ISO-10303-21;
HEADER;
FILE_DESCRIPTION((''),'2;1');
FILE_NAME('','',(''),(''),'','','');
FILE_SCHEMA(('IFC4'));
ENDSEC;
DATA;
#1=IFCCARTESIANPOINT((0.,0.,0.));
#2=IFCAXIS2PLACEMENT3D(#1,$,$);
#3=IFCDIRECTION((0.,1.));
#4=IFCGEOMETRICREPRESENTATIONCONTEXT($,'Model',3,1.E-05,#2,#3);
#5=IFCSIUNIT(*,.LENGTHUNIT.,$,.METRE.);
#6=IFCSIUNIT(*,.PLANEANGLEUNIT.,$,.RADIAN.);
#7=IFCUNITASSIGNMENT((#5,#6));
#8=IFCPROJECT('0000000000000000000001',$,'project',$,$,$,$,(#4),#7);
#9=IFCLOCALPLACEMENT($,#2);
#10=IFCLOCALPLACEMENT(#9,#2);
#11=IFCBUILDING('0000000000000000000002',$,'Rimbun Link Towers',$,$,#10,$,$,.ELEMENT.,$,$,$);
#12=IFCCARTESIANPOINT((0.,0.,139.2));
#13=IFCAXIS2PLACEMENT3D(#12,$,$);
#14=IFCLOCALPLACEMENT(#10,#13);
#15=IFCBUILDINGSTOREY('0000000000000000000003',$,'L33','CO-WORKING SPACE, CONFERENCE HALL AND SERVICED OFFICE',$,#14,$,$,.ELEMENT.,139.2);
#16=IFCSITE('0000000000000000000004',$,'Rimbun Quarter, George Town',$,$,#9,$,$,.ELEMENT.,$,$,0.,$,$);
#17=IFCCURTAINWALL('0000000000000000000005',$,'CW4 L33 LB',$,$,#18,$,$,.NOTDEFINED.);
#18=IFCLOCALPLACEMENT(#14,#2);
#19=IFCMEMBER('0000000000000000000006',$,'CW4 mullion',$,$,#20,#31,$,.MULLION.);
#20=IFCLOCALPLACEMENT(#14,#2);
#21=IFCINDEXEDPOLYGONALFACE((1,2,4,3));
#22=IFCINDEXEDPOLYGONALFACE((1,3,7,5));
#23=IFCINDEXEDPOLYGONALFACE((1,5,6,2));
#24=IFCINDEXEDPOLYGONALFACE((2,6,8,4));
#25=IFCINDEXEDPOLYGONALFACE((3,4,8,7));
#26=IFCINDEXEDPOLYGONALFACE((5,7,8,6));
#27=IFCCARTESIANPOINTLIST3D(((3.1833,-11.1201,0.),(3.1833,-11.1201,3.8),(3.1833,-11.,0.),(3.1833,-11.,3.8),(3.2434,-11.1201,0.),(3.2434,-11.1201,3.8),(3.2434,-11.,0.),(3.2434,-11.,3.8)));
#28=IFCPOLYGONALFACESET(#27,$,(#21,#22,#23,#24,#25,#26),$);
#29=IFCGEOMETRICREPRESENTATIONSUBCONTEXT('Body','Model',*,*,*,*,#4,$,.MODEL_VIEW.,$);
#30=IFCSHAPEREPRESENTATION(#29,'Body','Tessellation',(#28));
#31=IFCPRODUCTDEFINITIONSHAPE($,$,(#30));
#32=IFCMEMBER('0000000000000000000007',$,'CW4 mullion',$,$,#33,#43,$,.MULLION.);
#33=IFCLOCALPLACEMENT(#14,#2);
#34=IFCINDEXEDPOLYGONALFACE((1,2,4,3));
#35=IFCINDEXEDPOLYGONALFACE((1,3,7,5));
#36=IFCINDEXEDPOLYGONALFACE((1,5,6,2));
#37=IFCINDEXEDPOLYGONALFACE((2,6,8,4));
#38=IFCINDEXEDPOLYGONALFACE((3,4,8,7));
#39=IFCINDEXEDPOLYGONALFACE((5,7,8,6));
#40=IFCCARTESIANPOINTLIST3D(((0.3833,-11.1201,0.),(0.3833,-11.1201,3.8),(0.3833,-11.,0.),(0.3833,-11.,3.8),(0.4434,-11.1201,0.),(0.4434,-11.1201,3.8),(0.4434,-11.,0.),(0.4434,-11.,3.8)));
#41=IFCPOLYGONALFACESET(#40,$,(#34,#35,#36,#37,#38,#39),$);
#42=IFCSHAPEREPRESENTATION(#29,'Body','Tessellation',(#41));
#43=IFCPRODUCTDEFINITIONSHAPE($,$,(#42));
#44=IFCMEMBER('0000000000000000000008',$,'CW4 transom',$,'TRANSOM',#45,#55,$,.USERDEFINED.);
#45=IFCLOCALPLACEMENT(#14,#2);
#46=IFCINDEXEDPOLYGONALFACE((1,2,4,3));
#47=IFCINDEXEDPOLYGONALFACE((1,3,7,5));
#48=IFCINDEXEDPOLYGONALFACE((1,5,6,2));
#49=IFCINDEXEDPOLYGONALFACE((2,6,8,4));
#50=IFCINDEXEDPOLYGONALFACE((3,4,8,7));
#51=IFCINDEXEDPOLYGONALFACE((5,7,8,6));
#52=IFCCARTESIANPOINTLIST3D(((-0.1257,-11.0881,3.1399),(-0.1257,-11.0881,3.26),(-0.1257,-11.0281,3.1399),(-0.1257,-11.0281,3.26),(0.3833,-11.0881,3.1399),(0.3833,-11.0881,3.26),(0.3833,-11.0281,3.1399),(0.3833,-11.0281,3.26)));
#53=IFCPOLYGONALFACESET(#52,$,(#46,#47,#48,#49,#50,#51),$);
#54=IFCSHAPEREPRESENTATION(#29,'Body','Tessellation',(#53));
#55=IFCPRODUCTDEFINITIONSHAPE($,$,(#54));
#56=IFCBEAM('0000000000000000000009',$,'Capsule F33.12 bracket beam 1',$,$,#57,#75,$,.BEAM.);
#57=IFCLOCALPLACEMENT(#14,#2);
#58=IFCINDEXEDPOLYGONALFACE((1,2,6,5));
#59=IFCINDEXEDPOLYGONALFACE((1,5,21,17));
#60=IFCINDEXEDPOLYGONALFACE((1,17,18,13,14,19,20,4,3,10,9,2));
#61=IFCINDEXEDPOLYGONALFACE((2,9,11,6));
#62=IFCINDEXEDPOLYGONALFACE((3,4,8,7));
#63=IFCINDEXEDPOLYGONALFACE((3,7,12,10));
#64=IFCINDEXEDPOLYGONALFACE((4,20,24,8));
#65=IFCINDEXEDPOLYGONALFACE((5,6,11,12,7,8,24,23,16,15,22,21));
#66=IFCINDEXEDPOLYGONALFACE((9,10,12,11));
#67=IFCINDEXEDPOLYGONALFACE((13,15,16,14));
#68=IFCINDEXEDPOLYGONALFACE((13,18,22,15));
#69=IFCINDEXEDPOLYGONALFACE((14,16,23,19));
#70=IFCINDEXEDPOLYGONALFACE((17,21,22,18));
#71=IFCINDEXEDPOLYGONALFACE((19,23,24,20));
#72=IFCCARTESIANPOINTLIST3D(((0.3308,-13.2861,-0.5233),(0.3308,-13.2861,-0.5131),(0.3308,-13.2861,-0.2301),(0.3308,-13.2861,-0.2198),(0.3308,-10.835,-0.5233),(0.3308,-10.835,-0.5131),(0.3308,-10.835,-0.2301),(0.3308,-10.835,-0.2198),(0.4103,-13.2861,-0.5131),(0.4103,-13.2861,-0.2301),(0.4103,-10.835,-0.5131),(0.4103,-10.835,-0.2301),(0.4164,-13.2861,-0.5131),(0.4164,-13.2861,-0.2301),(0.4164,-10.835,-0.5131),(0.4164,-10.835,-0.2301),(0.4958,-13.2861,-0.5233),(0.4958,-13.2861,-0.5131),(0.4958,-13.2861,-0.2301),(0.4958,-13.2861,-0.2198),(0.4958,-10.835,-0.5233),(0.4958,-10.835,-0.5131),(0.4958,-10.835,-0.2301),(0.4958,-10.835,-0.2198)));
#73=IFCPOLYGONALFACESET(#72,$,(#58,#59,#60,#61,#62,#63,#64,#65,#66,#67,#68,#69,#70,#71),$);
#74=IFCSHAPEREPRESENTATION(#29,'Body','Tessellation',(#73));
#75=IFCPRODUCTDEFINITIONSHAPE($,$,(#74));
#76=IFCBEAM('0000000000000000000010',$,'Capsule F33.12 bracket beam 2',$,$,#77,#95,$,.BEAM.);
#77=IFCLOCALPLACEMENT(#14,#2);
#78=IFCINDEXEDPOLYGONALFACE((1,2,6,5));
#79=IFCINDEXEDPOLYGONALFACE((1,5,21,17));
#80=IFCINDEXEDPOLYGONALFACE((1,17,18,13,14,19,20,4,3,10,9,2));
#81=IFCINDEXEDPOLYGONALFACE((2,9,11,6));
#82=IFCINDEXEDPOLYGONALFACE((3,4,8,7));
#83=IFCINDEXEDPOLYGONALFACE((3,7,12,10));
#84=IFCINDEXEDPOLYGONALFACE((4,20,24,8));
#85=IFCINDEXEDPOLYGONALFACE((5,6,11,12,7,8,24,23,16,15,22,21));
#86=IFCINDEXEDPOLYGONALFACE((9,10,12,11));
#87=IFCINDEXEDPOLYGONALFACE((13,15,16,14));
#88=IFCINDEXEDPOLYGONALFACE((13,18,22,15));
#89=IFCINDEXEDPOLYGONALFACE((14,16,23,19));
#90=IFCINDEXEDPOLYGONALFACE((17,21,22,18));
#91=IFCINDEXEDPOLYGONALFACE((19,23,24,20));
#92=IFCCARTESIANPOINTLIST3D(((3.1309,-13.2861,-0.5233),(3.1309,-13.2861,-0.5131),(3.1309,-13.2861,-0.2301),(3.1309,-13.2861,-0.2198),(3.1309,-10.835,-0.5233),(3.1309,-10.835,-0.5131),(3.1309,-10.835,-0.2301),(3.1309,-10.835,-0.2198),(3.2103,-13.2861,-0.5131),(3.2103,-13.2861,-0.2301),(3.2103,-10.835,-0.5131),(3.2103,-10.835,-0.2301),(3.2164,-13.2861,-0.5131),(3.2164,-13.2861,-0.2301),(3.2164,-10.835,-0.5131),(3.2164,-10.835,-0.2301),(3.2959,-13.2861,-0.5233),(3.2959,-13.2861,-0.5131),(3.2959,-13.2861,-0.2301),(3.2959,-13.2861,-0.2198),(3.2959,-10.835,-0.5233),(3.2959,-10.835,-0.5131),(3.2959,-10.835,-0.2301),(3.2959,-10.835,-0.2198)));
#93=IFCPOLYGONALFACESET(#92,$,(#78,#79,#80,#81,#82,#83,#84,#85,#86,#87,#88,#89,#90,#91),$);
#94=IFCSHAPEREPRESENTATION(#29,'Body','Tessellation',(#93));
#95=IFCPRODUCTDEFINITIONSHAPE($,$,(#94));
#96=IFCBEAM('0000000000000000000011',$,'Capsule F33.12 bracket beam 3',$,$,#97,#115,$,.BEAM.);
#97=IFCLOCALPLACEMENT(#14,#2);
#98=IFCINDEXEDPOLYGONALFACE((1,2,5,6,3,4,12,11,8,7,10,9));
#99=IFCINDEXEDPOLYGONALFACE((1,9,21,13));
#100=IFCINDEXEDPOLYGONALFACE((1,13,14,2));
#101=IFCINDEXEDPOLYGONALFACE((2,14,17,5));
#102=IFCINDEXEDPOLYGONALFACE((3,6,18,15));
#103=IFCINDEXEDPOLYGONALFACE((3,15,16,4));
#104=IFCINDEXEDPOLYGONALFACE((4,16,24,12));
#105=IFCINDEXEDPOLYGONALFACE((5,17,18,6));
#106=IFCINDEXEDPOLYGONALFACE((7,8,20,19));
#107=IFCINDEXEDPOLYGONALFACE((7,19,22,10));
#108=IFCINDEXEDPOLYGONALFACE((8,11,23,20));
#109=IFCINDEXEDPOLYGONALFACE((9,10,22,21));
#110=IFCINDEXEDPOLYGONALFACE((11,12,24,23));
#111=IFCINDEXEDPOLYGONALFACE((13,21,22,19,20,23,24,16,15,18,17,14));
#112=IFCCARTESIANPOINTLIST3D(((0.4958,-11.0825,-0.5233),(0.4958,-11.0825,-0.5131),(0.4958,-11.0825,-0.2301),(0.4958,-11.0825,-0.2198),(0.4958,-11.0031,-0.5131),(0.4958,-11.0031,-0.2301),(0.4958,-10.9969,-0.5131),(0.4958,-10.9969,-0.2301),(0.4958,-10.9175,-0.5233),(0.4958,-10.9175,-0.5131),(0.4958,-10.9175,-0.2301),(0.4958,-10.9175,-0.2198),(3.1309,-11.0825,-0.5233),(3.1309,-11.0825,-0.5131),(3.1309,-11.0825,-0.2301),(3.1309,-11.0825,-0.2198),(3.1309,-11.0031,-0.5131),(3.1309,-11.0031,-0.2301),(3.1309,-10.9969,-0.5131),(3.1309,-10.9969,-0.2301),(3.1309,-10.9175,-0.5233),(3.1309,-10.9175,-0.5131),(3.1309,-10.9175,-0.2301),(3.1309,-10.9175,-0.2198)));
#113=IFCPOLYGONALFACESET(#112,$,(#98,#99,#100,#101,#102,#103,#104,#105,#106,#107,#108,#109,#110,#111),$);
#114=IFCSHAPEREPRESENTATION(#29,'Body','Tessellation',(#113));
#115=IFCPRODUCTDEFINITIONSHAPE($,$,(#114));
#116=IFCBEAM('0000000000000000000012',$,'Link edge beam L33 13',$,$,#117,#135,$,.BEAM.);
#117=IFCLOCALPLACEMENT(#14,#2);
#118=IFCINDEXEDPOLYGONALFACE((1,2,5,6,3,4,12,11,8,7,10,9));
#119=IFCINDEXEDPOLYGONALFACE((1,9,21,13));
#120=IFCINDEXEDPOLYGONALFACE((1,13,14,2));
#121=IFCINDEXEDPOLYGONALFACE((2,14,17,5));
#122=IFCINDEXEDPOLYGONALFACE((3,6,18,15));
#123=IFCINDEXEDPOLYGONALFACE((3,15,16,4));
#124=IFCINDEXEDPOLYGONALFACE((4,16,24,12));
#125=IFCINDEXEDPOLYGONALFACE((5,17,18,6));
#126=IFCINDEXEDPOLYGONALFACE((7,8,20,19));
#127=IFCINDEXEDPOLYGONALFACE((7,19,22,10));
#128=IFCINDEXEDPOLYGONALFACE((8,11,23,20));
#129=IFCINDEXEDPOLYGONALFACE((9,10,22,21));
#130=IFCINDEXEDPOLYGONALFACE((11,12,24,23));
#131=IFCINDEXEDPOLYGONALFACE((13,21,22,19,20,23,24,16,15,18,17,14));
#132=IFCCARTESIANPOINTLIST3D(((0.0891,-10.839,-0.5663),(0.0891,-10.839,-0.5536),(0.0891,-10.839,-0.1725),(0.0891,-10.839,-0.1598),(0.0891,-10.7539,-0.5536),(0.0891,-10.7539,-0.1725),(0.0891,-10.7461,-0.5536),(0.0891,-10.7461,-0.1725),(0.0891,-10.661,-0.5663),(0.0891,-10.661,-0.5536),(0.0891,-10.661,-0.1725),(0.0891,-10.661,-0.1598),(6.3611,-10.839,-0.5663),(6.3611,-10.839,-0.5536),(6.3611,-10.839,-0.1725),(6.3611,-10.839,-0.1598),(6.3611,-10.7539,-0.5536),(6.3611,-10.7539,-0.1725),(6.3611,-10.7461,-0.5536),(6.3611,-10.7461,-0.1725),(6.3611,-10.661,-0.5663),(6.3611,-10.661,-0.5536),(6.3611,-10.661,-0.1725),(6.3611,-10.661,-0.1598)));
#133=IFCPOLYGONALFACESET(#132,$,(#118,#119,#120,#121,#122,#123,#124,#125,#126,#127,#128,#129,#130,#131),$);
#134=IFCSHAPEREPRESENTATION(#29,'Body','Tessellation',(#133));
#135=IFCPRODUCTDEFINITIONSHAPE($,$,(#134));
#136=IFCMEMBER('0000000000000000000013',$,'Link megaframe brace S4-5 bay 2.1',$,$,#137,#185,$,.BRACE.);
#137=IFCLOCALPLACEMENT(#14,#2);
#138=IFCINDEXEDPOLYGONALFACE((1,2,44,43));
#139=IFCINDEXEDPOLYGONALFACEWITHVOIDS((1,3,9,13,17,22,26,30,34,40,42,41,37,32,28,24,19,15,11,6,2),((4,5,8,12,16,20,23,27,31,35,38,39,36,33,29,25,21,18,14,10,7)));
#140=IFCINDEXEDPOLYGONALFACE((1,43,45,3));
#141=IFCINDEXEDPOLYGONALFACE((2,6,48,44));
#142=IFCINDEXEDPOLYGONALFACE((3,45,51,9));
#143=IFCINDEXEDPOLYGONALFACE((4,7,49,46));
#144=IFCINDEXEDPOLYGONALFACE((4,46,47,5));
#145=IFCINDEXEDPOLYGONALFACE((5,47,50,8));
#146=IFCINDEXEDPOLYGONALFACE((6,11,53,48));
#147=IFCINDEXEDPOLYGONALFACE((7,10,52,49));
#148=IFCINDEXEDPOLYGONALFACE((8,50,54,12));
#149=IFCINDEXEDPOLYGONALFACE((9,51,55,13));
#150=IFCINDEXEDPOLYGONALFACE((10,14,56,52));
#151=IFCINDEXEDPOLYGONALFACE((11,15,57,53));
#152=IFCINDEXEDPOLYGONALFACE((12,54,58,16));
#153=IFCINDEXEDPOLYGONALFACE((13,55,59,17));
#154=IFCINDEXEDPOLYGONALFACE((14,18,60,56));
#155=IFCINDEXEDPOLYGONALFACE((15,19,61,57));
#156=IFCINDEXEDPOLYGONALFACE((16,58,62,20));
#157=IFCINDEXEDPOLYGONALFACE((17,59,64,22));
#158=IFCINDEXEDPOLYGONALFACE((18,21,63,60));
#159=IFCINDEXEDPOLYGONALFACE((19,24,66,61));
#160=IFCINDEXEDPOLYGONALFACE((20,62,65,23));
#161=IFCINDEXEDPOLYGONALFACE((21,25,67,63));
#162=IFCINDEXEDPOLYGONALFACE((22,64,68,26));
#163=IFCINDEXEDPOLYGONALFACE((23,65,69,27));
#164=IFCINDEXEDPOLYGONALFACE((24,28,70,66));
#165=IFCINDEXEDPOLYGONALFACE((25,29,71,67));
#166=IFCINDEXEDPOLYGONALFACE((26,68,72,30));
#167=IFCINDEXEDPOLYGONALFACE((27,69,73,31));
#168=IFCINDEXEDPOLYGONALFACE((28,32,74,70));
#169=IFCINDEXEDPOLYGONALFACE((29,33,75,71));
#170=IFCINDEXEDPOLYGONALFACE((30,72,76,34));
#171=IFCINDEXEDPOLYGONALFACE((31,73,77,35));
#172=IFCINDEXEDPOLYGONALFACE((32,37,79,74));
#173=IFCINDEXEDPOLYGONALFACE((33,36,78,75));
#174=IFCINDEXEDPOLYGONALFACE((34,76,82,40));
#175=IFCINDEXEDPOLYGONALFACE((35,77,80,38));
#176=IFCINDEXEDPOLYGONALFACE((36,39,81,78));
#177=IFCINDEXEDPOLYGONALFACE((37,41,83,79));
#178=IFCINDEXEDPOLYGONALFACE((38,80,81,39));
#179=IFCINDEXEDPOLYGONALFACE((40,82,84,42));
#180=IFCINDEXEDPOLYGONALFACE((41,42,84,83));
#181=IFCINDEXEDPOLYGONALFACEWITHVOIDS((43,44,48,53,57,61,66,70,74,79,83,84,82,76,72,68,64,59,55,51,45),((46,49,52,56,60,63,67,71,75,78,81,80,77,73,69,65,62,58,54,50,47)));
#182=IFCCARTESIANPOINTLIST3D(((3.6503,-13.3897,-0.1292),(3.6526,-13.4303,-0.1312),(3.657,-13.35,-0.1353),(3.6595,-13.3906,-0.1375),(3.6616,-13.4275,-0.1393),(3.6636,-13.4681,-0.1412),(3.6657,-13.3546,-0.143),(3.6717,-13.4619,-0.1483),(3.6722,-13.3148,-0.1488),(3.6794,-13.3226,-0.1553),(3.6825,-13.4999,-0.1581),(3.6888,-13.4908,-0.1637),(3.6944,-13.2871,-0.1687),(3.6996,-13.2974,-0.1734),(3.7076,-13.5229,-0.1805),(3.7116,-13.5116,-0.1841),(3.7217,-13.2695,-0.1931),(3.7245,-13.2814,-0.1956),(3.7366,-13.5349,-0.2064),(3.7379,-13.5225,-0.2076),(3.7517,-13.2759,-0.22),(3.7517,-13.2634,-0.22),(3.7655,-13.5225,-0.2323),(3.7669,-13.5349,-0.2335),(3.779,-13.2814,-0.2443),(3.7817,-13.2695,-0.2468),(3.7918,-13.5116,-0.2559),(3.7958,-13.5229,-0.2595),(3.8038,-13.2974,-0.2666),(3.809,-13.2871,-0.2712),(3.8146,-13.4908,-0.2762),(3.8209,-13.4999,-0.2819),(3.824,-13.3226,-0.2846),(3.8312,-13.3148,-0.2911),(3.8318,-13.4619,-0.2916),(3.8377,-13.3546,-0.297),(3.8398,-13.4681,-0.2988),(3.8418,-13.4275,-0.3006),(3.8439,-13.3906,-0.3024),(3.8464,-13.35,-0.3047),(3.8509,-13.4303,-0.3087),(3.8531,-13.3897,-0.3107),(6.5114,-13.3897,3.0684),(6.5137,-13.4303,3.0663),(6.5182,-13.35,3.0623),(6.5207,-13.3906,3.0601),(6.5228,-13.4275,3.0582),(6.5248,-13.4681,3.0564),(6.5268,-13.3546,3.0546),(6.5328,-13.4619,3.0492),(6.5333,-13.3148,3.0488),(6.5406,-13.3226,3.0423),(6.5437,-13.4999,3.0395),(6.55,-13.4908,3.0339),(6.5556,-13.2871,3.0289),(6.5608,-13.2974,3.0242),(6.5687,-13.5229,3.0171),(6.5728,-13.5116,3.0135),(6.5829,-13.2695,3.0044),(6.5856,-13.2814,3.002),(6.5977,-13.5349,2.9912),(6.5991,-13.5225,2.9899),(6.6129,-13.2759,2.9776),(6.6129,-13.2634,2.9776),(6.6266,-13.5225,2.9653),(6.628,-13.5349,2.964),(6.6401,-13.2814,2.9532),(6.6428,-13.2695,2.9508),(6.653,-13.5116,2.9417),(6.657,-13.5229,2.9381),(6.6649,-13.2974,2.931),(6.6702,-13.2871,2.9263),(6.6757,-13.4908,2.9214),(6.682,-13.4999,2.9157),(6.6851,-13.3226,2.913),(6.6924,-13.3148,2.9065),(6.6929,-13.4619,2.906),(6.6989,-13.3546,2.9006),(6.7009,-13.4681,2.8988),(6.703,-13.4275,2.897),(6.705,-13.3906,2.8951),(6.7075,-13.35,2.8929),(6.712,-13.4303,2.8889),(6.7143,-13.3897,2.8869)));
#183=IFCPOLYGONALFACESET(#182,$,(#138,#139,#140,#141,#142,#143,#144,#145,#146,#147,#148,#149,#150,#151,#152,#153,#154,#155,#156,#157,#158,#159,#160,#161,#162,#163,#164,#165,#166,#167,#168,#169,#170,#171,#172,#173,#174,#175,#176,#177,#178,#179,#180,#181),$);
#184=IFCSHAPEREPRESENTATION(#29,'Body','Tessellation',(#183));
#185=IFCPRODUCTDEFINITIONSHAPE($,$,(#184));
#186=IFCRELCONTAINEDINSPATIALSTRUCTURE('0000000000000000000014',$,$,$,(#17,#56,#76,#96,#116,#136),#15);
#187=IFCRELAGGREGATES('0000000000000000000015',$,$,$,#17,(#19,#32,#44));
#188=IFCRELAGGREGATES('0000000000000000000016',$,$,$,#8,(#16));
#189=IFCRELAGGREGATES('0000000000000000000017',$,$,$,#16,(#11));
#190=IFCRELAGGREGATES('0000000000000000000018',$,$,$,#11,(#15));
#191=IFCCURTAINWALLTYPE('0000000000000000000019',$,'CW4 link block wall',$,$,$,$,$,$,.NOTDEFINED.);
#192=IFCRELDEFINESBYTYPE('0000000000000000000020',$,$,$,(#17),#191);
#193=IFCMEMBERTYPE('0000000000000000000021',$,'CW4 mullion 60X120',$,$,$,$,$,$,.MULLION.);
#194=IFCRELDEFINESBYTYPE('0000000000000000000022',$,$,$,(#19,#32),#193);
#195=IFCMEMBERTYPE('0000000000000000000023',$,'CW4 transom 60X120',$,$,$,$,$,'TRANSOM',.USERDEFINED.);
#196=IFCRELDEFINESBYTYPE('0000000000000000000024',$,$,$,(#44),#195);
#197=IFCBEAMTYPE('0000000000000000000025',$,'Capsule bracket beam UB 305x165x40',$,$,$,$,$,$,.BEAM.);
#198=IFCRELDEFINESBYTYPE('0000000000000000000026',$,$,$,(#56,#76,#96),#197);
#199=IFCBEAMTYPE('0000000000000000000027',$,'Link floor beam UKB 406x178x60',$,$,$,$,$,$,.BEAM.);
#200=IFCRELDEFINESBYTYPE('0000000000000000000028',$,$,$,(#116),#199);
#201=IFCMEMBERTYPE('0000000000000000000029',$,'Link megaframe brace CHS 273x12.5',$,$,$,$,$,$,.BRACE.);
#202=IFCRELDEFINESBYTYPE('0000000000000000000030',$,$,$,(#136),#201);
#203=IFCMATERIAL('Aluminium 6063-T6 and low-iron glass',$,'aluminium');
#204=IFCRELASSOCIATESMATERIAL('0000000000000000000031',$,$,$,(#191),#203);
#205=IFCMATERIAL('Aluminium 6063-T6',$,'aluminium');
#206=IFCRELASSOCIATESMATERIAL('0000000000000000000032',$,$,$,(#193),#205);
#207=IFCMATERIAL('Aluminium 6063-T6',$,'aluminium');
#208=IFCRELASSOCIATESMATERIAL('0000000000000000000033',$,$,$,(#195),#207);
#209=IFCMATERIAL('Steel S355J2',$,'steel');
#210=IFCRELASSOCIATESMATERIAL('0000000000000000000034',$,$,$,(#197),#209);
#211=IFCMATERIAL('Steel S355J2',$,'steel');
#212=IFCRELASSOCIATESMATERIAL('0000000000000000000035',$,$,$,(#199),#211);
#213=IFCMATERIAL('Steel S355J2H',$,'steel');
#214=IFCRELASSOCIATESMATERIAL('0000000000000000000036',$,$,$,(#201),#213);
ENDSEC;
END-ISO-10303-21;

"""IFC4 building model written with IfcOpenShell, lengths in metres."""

from ifc_helpers import new_model, si_unit, direction, frame, origin, origin_2d, place, context, subcontext, project, spatial, rectangle, hollow_circle, i_section, extrude, material, material_profile, profile_set, type_object, element, aggregate, save


model = new_model("IFC4")

# Units and contexts
model_context = context("Model", 3, precision=1e-05, world=origin(), true_north=direction((0.0, 1.0)))
body_context = subcontext(model_context, "Body", "Model", "MODEL_VIEW")
ifc_project = project(units=[si_unit("LENGTHUNIT", "METRE"), si_unit("PLANEANGLEUNIT", "RADIAN")], contexts=[model_context])

# Site, building, storey
site_placement = place(None, origin())
site = spatial("IfcSite", under=ifc_project, at=site_placement, Name="Rimbun Quarter, George Town", CompositionType="ELEMENT", RefElevation=0.0)
building_placement = place(site_placement, origin())
building = spatial("IfcBuilding", under=site, at=building_placement, Name="Rimbun Link Towers", CompositionType="ELEMENT")
storey_placement = place(building_placement, frame((0.0, 0.0, 139.2)))
storey = spatial("IfcBuildingStorey", under=building, at=storey_placement, Name="L33", Description="CO-WORKING SPACE, CONFERENCE HALL AND SERVICED OFFICE", CompositionType="ELEMENT", Elevation=139.2)

# Curtain wall, members
ifc_material_1 = material(Name="Aluminium 6063-T6 and low-iron glass", Category="aluminium")
curtain_wall_type = type_object("IfcCurtainWallType", Name="CW4 link block wall", PredefinedType="NOTDEFINED", material=ifc_material_1)
curtain_wall_placement = place(storey_placement, origin())
curtain_wall = element("IfcCurtainWall", 1, at=curtain_wall_placement, inside=storey, type_object=curtain_wall_type, Name="CW4 L33 LB", PredefinedType="NOTDEFINED")
ifc_material_2 = material(Name="Aluminium 6063-T6", Category="aluminium")
ifc_material_profile_1 = material_profile(ifc_material_2, rectangle(XDim=0.1201, YDim=0.0601, at=origin_2d()), Name="MULLION 60X120")
ifc_profile_set_1 = profile_set([ifc_material_profile_1], Name="Aluminium 6063-T6")
member_type_1 = type_object("IfcMemberType", Name="CW4 mullion 60X120", PredefinedType="MULLION", material=ifc_profile_set_1)
member_1_placement = place(storey_placement, frame((3.2134, -11.0601, 0.0), z_axis=(0.0, 0.0, 1.0), x_axis=(0.0, -1.0, 0.0)))
member_1 = element("IfcMember", 2, at=member_1_placement, type_object=member_type_1, Name="CW4 mullion", PredefinedType="MULLION", context=body_context, shape_type="SweptSolid", body=[
    extrude(rectangle(XDim=0.1201, YDim=0.0601, at=origin_2d()), origin(), (0.0, 0.0, 1.0), 3.8),
])
member_2_placement = place(storey_placement, frame((0.4133, -11.0601, 0.0), z_axis=(0.0, 0.0, 1.0), x_axis=(0.0, -1.0, 0.0)))
member_2 = element("IfcMember", 3, at=member_2_placement, type_object=member_type_1, Name="CW4 mullion", PredefinedType="MULLION", context=body_context, shape_type="SweptSolid", body=[
    extrude(rectangle(XDim=0.1201, YDim=0.0601, at=origin_2d()), origin(), (0.0, 0.0, 1.0), 3.8),
])
ifc_material_3 = material(Name="Aluminium 6063-T6", Category="aluminium")
ifc_material_profile_2 = material_profile(ifc_material_3, rectangle(XDim=0.0601, YDim=0.1201, at=origin_2d()), Name="TRANSOM 60X120")
ifc_profile_set_2 = profile_set([ifc_material_profile_2], Name="Aluminium 6063-T6")
member_type_2 = type_object("IfcMemberType", Name="CW4 transom 60X120", ElementType="TRANSOM", PredefinedType="USERDEFINED", material=ifc_profile_set_2)
member_3_placement = place(storey_placement, frame((0.3833, -11.0581, 3.2), z_axis=(-1.0, 0.0, 0.0), x_axis=(0.0, -1.0, 0.0)))
member_3 = element("IfcMember", 4, at=member_3_placement, type_object=member_type_2, Name="CW4 transom", ObjectType="TRANSOM", PredefinedType="USERDEFINED", context=body_context, shape_type="SweptSolid", body=[
    extrude(rectangle(XDim=0.0601, YDim=0.1201, at=origin_2d()), origin(), (0.0, 0.0, 1.0), 0.509),
])

# Beams
ifc_material_4 = material(Name="Steel S355J2", Category="steel")
ifc_material_profile_3 = material_profile(ifc_material_4, i_section(OverallWidth=0.165, OverallDepth=0.3035, WebThickness=0.0061, FlangeThickness=0.0103, at=origin_2d()), Name="UB 305x165x40")
ifc_profile_set_3 = profile_set([ifc_material_profile_3], Name="Steel S355J2")
beam_type_1 = type_object("IfcBeamType", Name="Capsule bracket beam UB 305x165x40", PredefinedType="BEAM", material=ifc_profile_set_3)
for number, where, z_axis, x_axis, name in (
    (5, (0.4133, -10.835, -0.3716), (0.0, -1.0, 0.0), (1.0, 0.0, 0.0), "Capsule F33.12 bracket beam 1"),
    (6, (3.2134, -10.835, -0.3716), (0.0, -1.0, 0.0), (1.0, 0.0, 0.0), "Capsule F33.12 bracket beam 2"),
):
    element("IfcBeam", number, at=place(storey_placement, frame(where, z_axis=z_axis, x_axis=x_axis)), inside=storey, type_object=beam_type_1, Name=name, PredefinedType="BEAM", context=body_context, shape_type="SweptSolid", body=[
        extrude(i_section(OverallWidth=0.165, OverallDepth=0.3035, WebThickness=0.0061, FlangeThickness=0.0103, at=origin_2d()), origin(), (0.0, 0.0, 1.0), 2.4512),
    ])
beam_1_placement = place(storey_placement, frame((0.4958, -11.0, -0.3716), z_axis=(1.0, 0.0, 0.0), x_axis=(0.0, 1.0, 0.0)))
element("IfcBeam", 7, at=beam_1_placement, inside=storey, type_object=beam_type_1, Name="Capsule F33.12 bracket beam 3", PredefinedType="BEAM", context=body_context, shape_type="SweptSolid", body=[
    extrude(i_section(OverallWidth=0.165, OverallDepth=0.3035, WebThickness=0.0061, FlangeThickness=0.0103, at=origin_2d()), origin(), (0.0, 0.0, 1.0), 2.635),
])
ifc_material_5 = material(Name="Steel S355J2", Category="steel")
ifc_material_profile_4 = material_profile(ifc_material_5, i_section(OverallWidth=0.178, OverallDepth=0.4065, WebThickness=0.0078, FlangeThickness=0.0127, at=origin_2d()), Name="UKB 406x178x60")
ifc_profile_set_4 = profile_set([ifc_material_profile_4], Name="Steel S355J2")
beam_type_2 = type_object("IfcBeamType", Name="Link floor beam UKB 406x178x60", PredefinedType="BEAM", material=ifc_profile_set_4)
beam_2_placement = place(storey_placement, frame((0.0891, -10.75, -0.363), z_axis=(1.0, 0.0, 0.0), x_axis=(0.0, 1.0, 0.0)))
element("IfcBeam", 8, at=beam_2_placement, inside=storey, type_object=beam_type_2, Name="Link edge beam L33 13", PredefinedType="BEAM", context=body_context, shape_type="SweptSolid", body=[
    extrude(i_section(OverallWidth=0.178, OverallDepth=0.4065, WebThickness=0.0078, FlangeThickness=0.0127, at=origin_2d()), origin(), (0.0, 0.0, 1.0), 6.272),
])

# Member
ifc_material_6 = material(Name="Steel S355J2H", Category="steel")
ifc_material_profile_5 = material_profile(ifc_material_6, hollow_circle(Radius=0.1365, WallThickness=0.0125, at=origin_2d()), Name="CHS 273x12.5")
ifc_profile_set_5 = profile_set([ifc_material_profile_5], Name="Steel S355J2H")
member_type_3 = type_object("IfcMemberType", Name="Link megaframe brace CHS 273x12.5", PredefinedType="BRACE", material=ifc_profile_set_5)
member_4_placement = place(storey_placement, frame((3.7517, -13.3999, -0.22), z_axis=(0.666815, 0.0, 0.745223), x_axis=(0.0, 1.0, 0.0)))
element("IfcMember", 9, at=member_4_placement, inside=storey, type_object=member_type_3, Name="Link megaframe brace S4-5 bay 2.1", PredefinedType="BRACE", context=body_context, shape_type="SweptSolid", body=[
    extrude(hollow_circle(Radius=0.1365, WallThickness=0.0125, at=origin_2d()), origin(), (0.0, 0.0, 1.0), 4.2908),
])

aggregate(curtain_wall, [member_1, member_2, member_3])

save(model, "model.ifc")
